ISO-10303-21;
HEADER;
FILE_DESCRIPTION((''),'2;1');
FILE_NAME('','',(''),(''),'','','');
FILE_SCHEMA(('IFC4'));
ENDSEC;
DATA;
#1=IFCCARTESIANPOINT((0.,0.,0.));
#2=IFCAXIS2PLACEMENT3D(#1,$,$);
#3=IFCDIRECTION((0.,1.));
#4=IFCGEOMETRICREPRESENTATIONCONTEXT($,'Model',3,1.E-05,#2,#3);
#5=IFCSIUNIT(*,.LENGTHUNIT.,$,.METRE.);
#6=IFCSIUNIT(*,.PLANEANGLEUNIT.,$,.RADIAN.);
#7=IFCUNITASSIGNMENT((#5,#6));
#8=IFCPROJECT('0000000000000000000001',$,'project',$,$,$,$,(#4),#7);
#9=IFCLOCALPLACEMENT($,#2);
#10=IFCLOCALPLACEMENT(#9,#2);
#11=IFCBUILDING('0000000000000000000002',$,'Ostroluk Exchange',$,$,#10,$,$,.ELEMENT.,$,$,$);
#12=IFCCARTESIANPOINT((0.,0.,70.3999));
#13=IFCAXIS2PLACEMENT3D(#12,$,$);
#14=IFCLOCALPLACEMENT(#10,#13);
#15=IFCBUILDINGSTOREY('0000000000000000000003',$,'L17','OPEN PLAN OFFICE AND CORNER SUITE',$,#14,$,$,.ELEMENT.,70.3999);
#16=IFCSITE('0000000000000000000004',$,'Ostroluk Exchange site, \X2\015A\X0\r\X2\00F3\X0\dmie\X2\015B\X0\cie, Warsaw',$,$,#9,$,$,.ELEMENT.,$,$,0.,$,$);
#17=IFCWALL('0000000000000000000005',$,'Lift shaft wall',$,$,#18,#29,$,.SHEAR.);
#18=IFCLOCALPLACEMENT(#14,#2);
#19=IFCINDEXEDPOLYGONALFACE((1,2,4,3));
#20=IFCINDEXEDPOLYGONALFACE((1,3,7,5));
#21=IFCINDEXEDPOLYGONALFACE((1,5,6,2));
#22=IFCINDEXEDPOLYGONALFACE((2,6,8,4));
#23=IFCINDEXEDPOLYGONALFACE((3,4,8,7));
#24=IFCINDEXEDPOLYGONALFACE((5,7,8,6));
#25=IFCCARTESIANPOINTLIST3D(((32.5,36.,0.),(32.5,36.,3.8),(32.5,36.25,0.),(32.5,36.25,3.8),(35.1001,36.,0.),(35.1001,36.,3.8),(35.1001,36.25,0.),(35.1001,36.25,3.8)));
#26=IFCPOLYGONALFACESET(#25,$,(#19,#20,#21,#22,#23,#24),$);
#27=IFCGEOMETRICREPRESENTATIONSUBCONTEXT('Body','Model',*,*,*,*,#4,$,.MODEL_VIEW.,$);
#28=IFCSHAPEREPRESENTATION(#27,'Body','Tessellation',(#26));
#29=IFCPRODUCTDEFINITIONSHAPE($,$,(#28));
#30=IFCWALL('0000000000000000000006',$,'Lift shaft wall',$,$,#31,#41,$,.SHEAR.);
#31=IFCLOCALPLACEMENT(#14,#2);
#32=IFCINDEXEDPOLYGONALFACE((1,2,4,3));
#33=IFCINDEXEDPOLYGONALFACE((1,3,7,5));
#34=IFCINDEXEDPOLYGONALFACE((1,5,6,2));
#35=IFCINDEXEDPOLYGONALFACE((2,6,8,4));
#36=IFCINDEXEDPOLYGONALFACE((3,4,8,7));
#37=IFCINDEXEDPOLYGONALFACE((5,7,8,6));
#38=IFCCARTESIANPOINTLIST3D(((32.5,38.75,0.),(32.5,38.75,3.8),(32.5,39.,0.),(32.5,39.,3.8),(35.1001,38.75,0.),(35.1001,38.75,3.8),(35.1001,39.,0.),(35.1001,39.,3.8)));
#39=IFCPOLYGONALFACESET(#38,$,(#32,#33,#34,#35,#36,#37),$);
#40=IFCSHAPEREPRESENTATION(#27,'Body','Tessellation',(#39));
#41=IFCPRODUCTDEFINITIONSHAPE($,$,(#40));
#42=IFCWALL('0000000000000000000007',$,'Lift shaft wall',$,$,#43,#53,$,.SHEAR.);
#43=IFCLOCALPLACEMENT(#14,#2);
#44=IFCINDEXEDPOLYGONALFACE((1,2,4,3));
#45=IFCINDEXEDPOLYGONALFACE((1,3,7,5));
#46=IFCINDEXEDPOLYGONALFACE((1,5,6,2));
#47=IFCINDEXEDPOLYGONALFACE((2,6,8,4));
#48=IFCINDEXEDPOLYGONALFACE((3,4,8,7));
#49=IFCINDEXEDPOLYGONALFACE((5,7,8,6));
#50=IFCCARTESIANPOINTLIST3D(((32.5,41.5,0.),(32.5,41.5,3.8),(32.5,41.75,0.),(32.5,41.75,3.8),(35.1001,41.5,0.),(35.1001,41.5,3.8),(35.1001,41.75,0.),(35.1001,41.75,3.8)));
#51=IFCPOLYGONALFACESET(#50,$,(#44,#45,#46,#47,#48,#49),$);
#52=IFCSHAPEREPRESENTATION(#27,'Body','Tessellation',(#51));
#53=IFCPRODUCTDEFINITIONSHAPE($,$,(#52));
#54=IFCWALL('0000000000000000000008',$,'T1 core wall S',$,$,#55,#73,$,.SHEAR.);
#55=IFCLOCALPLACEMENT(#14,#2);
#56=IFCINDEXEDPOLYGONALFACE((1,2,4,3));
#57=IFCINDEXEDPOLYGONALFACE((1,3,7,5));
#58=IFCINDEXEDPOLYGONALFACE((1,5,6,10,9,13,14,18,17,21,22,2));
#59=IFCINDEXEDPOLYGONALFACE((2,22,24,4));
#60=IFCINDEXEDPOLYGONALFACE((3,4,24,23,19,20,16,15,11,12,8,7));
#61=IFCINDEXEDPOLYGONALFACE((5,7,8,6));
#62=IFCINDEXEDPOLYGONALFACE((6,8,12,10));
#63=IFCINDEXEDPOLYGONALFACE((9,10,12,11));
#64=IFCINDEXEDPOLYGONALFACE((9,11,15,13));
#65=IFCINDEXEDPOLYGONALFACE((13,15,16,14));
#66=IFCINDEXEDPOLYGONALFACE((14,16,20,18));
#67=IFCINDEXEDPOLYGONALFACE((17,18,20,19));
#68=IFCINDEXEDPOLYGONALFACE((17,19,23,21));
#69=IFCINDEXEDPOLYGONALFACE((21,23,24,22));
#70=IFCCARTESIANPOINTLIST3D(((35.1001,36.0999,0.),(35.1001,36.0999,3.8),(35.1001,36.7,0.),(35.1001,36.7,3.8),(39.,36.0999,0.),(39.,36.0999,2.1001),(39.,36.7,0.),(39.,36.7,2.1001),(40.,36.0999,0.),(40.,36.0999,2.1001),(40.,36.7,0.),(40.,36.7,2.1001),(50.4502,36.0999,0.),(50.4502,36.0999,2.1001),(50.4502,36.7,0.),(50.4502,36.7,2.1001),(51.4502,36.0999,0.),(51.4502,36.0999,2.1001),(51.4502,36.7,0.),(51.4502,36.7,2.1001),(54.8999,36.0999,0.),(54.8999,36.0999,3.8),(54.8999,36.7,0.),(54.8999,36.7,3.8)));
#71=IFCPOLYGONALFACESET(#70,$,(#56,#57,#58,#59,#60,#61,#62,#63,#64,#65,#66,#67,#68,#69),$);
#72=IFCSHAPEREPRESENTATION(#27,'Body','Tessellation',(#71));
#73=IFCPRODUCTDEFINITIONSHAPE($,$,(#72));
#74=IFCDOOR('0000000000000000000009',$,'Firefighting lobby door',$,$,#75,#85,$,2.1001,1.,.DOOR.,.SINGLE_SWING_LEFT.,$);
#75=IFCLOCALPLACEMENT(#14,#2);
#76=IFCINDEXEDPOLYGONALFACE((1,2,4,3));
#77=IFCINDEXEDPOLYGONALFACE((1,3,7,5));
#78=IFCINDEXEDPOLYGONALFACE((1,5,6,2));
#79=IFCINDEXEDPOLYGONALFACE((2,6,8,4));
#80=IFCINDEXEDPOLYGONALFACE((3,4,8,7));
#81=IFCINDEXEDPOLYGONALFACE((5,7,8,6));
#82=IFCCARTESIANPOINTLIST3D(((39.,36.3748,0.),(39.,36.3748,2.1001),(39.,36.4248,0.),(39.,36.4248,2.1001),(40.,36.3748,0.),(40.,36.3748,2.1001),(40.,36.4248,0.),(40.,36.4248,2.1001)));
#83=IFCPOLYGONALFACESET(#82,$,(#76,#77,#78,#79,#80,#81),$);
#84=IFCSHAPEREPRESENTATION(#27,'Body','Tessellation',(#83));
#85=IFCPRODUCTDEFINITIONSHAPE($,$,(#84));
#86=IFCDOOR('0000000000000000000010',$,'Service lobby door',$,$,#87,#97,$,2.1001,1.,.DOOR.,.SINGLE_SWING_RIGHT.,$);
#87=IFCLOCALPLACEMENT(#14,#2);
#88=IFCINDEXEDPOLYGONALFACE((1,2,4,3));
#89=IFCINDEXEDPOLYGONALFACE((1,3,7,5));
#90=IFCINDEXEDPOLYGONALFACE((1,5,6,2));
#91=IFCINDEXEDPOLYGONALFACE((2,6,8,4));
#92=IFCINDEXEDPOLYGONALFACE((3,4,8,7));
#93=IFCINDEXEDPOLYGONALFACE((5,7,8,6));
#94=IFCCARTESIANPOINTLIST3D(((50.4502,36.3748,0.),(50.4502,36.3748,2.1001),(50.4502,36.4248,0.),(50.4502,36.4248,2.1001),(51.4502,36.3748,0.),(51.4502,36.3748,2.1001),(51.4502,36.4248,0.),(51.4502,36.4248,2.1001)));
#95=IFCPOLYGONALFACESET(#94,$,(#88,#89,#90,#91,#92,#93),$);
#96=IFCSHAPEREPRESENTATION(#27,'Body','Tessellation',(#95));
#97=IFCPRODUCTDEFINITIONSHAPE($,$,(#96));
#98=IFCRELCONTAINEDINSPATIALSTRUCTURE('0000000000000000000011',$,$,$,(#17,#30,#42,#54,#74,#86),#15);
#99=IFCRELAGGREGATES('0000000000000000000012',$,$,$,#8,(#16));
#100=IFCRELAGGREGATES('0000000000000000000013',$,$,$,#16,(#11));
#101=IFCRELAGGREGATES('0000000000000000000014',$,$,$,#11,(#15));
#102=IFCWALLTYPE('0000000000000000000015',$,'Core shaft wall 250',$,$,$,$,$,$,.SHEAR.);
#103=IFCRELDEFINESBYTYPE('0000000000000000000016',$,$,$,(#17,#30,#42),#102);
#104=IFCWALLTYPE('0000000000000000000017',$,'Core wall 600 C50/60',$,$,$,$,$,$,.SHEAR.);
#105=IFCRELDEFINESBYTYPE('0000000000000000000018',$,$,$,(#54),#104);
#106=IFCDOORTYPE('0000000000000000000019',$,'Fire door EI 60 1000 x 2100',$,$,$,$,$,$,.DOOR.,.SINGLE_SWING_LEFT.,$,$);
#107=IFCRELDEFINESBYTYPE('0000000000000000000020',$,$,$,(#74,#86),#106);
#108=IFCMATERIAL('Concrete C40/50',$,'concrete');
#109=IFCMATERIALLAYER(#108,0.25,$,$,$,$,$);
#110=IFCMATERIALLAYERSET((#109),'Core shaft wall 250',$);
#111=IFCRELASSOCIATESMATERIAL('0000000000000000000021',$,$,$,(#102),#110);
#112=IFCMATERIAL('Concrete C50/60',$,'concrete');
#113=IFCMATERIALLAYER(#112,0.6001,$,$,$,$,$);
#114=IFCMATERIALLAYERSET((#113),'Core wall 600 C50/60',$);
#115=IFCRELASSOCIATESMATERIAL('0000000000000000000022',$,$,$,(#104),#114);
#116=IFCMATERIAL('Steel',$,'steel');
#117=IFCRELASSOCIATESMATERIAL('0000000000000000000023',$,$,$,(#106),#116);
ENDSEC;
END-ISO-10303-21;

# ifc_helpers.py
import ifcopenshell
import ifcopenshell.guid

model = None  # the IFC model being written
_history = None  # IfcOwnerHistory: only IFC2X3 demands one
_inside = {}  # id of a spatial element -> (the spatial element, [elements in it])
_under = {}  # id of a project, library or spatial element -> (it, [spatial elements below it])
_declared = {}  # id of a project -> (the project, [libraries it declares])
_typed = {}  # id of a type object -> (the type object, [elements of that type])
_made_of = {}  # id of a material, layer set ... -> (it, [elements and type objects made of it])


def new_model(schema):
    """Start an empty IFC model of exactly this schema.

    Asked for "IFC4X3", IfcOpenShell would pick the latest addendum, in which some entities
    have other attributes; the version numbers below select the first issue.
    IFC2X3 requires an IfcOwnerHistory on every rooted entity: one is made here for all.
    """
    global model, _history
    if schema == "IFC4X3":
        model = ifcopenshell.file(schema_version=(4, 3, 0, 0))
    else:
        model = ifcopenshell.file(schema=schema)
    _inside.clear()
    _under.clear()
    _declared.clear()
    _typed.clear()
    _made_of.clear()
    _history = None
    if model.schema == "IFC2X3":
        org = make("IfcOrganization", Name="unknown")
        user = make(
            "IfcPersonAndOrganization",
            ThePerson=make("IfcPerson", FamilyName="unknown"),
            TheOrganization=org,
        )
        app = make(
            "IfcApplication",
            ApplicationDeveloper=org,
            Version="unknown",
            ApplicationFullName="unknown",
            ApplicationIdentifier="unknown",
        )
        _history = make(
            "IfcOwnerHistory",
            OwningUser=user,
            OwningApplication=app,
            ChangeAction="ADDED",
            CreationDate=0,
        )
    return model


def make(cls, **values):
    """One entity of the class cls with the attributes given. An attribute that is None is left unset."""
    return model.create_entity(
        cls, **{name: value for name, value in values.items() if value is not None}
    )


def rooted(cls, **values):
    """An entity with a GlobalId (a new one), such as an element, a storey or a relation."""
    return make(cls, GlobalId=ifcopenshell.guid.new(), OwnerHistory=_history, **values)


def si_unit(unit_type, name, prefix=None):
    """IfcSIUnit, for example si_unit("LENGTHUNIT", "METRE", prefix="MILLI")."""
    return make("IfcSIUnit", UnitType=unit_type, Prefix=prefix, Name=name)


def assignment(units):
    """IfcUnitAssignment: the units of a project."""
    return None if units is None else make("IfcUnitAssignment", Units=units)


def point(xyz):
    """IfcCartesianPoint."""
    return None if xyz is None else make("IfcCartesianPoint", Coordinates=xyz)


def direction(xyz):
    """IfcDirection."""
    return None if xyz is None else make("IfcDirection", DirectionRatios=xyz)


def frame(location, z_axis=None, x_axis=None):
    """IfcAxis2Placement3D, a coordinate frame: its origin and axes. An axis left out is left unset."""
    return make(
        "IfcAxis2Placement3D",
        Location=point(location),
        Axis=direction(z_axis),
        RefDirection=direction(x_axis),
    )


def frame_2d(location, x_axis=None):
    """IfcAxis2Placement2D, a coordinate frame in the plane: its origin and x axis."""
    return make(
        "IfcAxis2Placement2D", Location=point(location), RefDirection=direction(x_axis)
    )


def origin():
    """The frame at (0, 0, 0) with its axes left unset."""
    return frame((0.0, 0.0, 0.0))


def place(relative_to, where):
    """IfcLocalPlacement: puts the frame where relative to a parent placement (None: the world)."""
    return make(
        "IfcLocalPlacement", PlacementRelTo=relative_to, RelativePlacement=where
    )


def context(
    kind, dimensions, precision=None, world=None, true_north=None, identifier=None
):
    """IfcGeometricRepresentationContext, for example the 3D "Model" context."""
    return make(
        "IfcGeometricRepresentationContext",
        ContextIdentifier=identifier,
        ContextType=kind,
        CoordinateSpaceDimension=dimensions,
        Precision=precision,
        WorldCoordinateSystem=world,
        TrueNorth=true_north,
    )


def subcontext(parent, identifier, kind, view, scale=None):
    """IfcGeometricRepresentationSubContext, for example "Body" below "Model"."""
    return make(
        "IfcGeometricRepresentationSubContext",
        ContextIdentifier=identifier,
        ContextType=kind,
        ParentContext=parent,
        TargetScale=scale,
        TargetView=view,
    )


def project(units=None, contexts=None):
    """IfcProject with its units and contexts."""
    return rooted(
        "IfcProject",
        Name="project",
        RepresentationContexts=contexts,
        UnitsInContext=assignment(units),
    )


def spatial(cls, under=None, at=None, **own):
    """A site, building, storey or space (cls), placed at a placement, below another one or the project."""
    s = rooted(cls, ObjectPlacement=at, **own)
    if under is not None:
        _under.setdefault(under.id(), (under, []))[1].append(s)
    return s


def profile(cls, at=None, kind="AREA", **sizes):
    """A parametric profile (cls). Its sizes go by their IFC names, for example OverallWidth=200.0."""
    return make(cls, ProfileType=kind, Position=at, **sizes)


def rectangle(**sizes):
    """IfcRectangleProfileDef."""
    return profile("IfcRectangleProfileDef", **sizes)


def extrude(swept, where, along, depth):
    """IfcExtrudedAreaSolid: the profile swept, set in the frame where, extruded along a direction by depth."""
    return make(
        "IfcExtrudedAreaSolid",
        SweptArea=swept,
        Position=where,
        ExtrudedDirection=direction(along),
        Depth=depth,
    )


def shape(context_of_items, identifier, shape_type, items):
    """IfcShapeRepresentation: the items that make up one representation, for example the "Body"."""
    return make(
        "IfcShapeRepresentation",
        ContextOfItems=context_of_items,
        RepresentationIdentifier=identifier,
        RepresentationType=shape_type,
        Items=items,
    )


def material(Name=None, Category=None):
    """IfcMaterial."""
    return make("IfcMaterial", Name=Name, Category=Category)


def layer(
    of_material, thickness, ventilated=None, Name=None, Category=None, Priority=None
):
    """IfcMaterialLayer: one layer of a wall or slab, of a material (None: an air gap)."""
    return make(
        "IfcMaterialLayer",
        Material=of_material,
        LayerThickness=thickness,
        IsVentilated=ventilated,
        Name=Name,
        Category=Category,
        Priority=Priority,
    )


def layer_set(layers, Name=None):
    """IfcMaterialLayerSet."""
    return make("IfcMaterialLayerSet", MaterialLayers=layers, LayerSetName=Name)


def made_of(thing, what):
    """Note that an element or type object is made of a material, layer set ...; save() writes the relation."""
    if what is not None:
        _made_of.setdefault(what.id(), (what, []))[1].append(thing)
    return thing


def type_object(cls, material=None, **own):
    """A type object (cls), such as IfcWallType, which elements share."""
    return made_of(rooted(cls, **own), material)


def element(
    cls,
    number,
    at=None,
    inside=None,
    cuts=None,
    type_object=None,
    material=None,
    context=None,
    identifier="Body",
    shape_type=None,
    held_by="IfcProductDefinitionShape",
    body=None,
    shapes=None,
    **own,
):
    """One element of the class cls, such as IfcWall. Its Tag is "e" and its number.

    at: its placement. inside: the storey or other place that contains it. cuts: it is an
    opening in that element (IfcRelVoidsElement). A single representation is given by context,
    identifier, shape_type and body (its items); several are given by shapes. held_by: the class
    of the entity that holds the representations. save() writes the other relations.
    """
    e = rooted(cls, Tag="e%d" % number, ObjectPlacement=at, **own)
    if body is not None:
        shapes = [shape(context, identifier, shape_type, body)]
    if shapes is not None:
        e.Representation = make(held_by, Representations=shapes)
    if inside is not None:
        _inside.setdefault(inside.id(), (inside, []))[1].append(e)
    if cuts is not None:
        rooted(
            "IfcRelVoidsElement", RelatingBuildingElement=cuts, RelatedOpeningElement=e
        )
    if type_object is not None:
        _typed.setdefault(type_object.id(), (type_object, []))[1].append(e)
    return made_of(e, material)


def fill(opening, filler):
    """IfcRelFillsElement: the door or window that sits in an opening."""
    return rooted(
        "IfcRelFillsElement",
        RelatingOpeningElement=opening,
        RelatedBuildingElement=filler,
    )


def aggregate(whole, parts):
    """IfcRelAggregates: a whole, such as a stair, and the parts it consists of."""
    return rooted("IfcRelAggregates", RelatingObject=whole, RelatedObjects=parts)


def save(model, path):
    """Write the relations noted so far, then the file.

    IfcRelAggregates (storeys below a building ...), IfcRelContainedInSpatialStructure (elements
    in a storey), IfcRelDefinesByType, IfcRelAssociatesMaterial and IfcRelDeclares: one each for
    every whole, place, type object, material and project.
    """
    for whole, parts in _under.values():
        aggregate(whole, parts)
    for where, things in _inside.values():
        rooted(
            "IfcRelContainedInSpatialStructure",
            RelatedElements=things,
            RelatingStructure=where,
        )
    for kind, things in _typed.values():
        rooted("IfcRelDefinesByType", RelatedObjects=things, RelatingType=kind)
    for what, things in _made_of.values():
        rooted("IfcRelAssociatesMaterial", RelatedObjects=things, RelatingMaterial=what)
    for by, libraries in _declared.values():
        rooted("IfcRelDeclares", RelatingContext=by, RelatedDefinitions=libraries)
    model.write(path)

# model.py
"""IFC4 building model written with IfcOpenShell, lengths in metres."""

from ifc_helpers import new_model, si_unit, direction, frame, frame_2d, origin, place, context, subcontext, project, spatial, rectangle, extrude, material, layer, layer_set, type_object, element, fill, save


model = new_model("IFC4")

# Units and contexts
model_context = context("Model", 3, precision=1e-05, world=origin(), true_north=direction((0.0, 1.0)))
body_context = subcontext(model_context, "Body", "Model", "MODEL_VIEW")
ifc_project = project(units=[si_unit("LENGTHUNIT", "METRE"), si_unit("PLANEANGLEUNIT", "RADIAN")], contexts=[model_context])

# Site, building, storey
site_placement = place(None, origin())
site = spatial("IfcSite", under=ifc_project, at=site_placement, Name="Ostroluk Exchange site, Śródmieście, Warsaw", CompositionType="ELEMENT", RefElevation=0.0)
building_placement = place(site_placement, origin())
building = spatial("IfcBuilding", under=site, at=building_placement, Name="Ostroluk Exchange", CompositionType="ELEMENT")
storey_placement = place(building_placement, frame((0.0, 0.0, 70.3999)))
storey = spatial("IfcBuildingStorey", under=building, at=storey_placement, Name="L17", Description="OPEN PLAN OFFICE AND CORNER SUITE", CompositionType="ELEMENT", Elevation=70.3999)

# Walls
ifc_material_1 = material(Name="Concrete C40/50", Category="concrete")
ifc_layer_1 = layer(ifc_material_1, 0.25)
ifc_layer_set_1 = layer_set([ifc_layer_1], Name="Core shaft wall 250")
wall_type_1 = type_object("IfcWallType", Name="Core shaft wall 250", PredefinedType="SHEAR", material=ifc_layer_set_1)
for number, where, z_axis, x_axis, name in (
    (1, (32.5, 36.125, 0.0), (0.0, 0.0, 1.0), (1.0, 0.0, 0.0), "Lift shaft wall"),
    (2, (32.5, 38.875, 0.0), (0.0, 0.0, 1.0), (1.0, 0.0, 0.0), "Lift shaft wall"),
    (3, (32.5, 41.625, 0.0), (0.0, 0.0, 1.0), (1.0, 0.0, 0.0), "Lift shaft wall"),
):
    element("IfcWall", number, at=place(storey_placement, frame(where, z_axis=z_axis, x_axis=x_axis)), inside=storey, type_object=wall_type_1, Name=name, PredefinedType="SHEAR", context=body_context, shape_type="SweptSolid", body=[
        extrude(rectangle(XDim=2.6001, YDim=0.25, at=frame_2d((1.3, 0.0))), origin(), (0.0, 0.0, 1.0), 3.8),
    ])

# Wall, openings, doors
ifc_material_2 = material(Name="Concrete C50/60", Category="concrete")
ifc_layer_2 = layer(ifc_material_2, 0.6001)
ifc_layer_set_2 = layer_set([ifc_layer_2], Name="Core wall 600 C50/60")
wall_type_2 = type_object("IfcWallType", Name="Core wall 600 C50/60", PredefinedType="SHEAR", material=ifc_layer_set_2)
wall_1_placement = place(storey_placement, frame((35.1001, 36.3999, 0.0), z_axis=(0.0, 0.0, 1.0), x_axis=(1.0, 0.0, 0.0)))
wall_1 = element("IfcWall", 4, at=wall_1_placement, inside=storey, type_object=wall_type_2, Name="T1 core wall S", PredefinedType="SHEAR", context=body_context, shape_type="SweptSolid", body=[
    extrude(rectangle(XDim=19.7998, YDim=0.6001, at=frame_2d((9.8999, 0.0))), origin(), (0.0, 0.0, 1.0), 3.8),
])
opening_1_placement = place(wall_1_placement, frame((3.8999, 0.0, 0.0)))
opening_1 = element("IfcOpeningElement", 5, at=opening_1_placement, cuts=wall_1, PredefinedType="OPENING", context=body_context, shape_type="SweptSolid", body=[
    extrude(rectangle(XDim=1.0, YDim=2.1001, at=frame_2d((0.5, 1.05))), frame((0.0, 0.3101, 0.0), z_axis=(0.0, -1.0, 0.0), x_axis=(1.0, 0.0, 0.0)), (0.0, 0.0, 1.0), 0.6201),
])
opening_2_placement = place(wall_1_placement, frame((15.3501, 0.0, 0.0)))
opening_2 = element("IfcOpeningElement", 6, at=opening_2_placement, cuts=wall_1, PredefinedType="OPENING", context=body_context, shape_type="SweptSolid", body=[
    extrude(rectangle(XDim=1.0, YDim=2.1001, at=frame_2d((0.5, 1.05))), frame((0.0, 0.3101, 0.0), z_axis=(0.0, -1.0, 0.0), x_axis=(1.0, 0.0, 0.0)), (0.0, 0.0, 1.0), 0.6201),
])
ifc_material_3 = material(Name="Steel", Category="steel")
door_type_1 = type_object("IfcDoorType", Name="Fire door EI 60 1000 x 2100", OperationType="SINGLE_SWING_LEFT", PredefinedType="DOOR", material=ifc_material_3)
door_1_placement = place(opening_1_placement, origin())
door_1 = element("IfcDoor", 7, at=door_1_placement, inside=storey, type_object=door_type_1, Name="Firefighting lobby door", OperationType="SINGLE_SWING_LEFT", OverallHeight=2.1001, OverallWidth=1.0, PredefinedType="DOOR", context=body_context, shape_type="SweptSolid", body=[
    extrude(rectangle(XDim=1.0, YDim=2.1001, at=frame_2d((0.5, 1.05))), frame((0.0, 0.0249, 0.0), z_axis=(0.0, -1.0, 0.0), x_axis=(1.0, 0.0, 0.0)), (0.0, 0.0, 1.0), 0.05),
])
fill(opening_1, door_1)
door_2_placement = place(opening_2_placement, origin())
door_2 = element("IfcDoor", 8, at=door_2_placement, inside=storey, type_object=door_type_1, Name="Service lobby door", OperationType="SINGLE_SWING_RIGHT", OverallHeight=2.1001, OverallWidth=1.0, PredefinedType="DOOR", context=body_context, shape_type="SweptSolid", body=[
    extrude(rectangle(XDim=1.0, YDim=2.1001, at=frame_2d((0.5, 1.05))), frame((0.0, 0.0249, 0.0), z_axis=(0.0, -1.0, 0.0), x_axis=(1.0, 0.0, 0.0)), (0.0, 0.0, 1.0), 0.05),
])
fill(opening_2, door_2)

save(model, "model.ifc")
